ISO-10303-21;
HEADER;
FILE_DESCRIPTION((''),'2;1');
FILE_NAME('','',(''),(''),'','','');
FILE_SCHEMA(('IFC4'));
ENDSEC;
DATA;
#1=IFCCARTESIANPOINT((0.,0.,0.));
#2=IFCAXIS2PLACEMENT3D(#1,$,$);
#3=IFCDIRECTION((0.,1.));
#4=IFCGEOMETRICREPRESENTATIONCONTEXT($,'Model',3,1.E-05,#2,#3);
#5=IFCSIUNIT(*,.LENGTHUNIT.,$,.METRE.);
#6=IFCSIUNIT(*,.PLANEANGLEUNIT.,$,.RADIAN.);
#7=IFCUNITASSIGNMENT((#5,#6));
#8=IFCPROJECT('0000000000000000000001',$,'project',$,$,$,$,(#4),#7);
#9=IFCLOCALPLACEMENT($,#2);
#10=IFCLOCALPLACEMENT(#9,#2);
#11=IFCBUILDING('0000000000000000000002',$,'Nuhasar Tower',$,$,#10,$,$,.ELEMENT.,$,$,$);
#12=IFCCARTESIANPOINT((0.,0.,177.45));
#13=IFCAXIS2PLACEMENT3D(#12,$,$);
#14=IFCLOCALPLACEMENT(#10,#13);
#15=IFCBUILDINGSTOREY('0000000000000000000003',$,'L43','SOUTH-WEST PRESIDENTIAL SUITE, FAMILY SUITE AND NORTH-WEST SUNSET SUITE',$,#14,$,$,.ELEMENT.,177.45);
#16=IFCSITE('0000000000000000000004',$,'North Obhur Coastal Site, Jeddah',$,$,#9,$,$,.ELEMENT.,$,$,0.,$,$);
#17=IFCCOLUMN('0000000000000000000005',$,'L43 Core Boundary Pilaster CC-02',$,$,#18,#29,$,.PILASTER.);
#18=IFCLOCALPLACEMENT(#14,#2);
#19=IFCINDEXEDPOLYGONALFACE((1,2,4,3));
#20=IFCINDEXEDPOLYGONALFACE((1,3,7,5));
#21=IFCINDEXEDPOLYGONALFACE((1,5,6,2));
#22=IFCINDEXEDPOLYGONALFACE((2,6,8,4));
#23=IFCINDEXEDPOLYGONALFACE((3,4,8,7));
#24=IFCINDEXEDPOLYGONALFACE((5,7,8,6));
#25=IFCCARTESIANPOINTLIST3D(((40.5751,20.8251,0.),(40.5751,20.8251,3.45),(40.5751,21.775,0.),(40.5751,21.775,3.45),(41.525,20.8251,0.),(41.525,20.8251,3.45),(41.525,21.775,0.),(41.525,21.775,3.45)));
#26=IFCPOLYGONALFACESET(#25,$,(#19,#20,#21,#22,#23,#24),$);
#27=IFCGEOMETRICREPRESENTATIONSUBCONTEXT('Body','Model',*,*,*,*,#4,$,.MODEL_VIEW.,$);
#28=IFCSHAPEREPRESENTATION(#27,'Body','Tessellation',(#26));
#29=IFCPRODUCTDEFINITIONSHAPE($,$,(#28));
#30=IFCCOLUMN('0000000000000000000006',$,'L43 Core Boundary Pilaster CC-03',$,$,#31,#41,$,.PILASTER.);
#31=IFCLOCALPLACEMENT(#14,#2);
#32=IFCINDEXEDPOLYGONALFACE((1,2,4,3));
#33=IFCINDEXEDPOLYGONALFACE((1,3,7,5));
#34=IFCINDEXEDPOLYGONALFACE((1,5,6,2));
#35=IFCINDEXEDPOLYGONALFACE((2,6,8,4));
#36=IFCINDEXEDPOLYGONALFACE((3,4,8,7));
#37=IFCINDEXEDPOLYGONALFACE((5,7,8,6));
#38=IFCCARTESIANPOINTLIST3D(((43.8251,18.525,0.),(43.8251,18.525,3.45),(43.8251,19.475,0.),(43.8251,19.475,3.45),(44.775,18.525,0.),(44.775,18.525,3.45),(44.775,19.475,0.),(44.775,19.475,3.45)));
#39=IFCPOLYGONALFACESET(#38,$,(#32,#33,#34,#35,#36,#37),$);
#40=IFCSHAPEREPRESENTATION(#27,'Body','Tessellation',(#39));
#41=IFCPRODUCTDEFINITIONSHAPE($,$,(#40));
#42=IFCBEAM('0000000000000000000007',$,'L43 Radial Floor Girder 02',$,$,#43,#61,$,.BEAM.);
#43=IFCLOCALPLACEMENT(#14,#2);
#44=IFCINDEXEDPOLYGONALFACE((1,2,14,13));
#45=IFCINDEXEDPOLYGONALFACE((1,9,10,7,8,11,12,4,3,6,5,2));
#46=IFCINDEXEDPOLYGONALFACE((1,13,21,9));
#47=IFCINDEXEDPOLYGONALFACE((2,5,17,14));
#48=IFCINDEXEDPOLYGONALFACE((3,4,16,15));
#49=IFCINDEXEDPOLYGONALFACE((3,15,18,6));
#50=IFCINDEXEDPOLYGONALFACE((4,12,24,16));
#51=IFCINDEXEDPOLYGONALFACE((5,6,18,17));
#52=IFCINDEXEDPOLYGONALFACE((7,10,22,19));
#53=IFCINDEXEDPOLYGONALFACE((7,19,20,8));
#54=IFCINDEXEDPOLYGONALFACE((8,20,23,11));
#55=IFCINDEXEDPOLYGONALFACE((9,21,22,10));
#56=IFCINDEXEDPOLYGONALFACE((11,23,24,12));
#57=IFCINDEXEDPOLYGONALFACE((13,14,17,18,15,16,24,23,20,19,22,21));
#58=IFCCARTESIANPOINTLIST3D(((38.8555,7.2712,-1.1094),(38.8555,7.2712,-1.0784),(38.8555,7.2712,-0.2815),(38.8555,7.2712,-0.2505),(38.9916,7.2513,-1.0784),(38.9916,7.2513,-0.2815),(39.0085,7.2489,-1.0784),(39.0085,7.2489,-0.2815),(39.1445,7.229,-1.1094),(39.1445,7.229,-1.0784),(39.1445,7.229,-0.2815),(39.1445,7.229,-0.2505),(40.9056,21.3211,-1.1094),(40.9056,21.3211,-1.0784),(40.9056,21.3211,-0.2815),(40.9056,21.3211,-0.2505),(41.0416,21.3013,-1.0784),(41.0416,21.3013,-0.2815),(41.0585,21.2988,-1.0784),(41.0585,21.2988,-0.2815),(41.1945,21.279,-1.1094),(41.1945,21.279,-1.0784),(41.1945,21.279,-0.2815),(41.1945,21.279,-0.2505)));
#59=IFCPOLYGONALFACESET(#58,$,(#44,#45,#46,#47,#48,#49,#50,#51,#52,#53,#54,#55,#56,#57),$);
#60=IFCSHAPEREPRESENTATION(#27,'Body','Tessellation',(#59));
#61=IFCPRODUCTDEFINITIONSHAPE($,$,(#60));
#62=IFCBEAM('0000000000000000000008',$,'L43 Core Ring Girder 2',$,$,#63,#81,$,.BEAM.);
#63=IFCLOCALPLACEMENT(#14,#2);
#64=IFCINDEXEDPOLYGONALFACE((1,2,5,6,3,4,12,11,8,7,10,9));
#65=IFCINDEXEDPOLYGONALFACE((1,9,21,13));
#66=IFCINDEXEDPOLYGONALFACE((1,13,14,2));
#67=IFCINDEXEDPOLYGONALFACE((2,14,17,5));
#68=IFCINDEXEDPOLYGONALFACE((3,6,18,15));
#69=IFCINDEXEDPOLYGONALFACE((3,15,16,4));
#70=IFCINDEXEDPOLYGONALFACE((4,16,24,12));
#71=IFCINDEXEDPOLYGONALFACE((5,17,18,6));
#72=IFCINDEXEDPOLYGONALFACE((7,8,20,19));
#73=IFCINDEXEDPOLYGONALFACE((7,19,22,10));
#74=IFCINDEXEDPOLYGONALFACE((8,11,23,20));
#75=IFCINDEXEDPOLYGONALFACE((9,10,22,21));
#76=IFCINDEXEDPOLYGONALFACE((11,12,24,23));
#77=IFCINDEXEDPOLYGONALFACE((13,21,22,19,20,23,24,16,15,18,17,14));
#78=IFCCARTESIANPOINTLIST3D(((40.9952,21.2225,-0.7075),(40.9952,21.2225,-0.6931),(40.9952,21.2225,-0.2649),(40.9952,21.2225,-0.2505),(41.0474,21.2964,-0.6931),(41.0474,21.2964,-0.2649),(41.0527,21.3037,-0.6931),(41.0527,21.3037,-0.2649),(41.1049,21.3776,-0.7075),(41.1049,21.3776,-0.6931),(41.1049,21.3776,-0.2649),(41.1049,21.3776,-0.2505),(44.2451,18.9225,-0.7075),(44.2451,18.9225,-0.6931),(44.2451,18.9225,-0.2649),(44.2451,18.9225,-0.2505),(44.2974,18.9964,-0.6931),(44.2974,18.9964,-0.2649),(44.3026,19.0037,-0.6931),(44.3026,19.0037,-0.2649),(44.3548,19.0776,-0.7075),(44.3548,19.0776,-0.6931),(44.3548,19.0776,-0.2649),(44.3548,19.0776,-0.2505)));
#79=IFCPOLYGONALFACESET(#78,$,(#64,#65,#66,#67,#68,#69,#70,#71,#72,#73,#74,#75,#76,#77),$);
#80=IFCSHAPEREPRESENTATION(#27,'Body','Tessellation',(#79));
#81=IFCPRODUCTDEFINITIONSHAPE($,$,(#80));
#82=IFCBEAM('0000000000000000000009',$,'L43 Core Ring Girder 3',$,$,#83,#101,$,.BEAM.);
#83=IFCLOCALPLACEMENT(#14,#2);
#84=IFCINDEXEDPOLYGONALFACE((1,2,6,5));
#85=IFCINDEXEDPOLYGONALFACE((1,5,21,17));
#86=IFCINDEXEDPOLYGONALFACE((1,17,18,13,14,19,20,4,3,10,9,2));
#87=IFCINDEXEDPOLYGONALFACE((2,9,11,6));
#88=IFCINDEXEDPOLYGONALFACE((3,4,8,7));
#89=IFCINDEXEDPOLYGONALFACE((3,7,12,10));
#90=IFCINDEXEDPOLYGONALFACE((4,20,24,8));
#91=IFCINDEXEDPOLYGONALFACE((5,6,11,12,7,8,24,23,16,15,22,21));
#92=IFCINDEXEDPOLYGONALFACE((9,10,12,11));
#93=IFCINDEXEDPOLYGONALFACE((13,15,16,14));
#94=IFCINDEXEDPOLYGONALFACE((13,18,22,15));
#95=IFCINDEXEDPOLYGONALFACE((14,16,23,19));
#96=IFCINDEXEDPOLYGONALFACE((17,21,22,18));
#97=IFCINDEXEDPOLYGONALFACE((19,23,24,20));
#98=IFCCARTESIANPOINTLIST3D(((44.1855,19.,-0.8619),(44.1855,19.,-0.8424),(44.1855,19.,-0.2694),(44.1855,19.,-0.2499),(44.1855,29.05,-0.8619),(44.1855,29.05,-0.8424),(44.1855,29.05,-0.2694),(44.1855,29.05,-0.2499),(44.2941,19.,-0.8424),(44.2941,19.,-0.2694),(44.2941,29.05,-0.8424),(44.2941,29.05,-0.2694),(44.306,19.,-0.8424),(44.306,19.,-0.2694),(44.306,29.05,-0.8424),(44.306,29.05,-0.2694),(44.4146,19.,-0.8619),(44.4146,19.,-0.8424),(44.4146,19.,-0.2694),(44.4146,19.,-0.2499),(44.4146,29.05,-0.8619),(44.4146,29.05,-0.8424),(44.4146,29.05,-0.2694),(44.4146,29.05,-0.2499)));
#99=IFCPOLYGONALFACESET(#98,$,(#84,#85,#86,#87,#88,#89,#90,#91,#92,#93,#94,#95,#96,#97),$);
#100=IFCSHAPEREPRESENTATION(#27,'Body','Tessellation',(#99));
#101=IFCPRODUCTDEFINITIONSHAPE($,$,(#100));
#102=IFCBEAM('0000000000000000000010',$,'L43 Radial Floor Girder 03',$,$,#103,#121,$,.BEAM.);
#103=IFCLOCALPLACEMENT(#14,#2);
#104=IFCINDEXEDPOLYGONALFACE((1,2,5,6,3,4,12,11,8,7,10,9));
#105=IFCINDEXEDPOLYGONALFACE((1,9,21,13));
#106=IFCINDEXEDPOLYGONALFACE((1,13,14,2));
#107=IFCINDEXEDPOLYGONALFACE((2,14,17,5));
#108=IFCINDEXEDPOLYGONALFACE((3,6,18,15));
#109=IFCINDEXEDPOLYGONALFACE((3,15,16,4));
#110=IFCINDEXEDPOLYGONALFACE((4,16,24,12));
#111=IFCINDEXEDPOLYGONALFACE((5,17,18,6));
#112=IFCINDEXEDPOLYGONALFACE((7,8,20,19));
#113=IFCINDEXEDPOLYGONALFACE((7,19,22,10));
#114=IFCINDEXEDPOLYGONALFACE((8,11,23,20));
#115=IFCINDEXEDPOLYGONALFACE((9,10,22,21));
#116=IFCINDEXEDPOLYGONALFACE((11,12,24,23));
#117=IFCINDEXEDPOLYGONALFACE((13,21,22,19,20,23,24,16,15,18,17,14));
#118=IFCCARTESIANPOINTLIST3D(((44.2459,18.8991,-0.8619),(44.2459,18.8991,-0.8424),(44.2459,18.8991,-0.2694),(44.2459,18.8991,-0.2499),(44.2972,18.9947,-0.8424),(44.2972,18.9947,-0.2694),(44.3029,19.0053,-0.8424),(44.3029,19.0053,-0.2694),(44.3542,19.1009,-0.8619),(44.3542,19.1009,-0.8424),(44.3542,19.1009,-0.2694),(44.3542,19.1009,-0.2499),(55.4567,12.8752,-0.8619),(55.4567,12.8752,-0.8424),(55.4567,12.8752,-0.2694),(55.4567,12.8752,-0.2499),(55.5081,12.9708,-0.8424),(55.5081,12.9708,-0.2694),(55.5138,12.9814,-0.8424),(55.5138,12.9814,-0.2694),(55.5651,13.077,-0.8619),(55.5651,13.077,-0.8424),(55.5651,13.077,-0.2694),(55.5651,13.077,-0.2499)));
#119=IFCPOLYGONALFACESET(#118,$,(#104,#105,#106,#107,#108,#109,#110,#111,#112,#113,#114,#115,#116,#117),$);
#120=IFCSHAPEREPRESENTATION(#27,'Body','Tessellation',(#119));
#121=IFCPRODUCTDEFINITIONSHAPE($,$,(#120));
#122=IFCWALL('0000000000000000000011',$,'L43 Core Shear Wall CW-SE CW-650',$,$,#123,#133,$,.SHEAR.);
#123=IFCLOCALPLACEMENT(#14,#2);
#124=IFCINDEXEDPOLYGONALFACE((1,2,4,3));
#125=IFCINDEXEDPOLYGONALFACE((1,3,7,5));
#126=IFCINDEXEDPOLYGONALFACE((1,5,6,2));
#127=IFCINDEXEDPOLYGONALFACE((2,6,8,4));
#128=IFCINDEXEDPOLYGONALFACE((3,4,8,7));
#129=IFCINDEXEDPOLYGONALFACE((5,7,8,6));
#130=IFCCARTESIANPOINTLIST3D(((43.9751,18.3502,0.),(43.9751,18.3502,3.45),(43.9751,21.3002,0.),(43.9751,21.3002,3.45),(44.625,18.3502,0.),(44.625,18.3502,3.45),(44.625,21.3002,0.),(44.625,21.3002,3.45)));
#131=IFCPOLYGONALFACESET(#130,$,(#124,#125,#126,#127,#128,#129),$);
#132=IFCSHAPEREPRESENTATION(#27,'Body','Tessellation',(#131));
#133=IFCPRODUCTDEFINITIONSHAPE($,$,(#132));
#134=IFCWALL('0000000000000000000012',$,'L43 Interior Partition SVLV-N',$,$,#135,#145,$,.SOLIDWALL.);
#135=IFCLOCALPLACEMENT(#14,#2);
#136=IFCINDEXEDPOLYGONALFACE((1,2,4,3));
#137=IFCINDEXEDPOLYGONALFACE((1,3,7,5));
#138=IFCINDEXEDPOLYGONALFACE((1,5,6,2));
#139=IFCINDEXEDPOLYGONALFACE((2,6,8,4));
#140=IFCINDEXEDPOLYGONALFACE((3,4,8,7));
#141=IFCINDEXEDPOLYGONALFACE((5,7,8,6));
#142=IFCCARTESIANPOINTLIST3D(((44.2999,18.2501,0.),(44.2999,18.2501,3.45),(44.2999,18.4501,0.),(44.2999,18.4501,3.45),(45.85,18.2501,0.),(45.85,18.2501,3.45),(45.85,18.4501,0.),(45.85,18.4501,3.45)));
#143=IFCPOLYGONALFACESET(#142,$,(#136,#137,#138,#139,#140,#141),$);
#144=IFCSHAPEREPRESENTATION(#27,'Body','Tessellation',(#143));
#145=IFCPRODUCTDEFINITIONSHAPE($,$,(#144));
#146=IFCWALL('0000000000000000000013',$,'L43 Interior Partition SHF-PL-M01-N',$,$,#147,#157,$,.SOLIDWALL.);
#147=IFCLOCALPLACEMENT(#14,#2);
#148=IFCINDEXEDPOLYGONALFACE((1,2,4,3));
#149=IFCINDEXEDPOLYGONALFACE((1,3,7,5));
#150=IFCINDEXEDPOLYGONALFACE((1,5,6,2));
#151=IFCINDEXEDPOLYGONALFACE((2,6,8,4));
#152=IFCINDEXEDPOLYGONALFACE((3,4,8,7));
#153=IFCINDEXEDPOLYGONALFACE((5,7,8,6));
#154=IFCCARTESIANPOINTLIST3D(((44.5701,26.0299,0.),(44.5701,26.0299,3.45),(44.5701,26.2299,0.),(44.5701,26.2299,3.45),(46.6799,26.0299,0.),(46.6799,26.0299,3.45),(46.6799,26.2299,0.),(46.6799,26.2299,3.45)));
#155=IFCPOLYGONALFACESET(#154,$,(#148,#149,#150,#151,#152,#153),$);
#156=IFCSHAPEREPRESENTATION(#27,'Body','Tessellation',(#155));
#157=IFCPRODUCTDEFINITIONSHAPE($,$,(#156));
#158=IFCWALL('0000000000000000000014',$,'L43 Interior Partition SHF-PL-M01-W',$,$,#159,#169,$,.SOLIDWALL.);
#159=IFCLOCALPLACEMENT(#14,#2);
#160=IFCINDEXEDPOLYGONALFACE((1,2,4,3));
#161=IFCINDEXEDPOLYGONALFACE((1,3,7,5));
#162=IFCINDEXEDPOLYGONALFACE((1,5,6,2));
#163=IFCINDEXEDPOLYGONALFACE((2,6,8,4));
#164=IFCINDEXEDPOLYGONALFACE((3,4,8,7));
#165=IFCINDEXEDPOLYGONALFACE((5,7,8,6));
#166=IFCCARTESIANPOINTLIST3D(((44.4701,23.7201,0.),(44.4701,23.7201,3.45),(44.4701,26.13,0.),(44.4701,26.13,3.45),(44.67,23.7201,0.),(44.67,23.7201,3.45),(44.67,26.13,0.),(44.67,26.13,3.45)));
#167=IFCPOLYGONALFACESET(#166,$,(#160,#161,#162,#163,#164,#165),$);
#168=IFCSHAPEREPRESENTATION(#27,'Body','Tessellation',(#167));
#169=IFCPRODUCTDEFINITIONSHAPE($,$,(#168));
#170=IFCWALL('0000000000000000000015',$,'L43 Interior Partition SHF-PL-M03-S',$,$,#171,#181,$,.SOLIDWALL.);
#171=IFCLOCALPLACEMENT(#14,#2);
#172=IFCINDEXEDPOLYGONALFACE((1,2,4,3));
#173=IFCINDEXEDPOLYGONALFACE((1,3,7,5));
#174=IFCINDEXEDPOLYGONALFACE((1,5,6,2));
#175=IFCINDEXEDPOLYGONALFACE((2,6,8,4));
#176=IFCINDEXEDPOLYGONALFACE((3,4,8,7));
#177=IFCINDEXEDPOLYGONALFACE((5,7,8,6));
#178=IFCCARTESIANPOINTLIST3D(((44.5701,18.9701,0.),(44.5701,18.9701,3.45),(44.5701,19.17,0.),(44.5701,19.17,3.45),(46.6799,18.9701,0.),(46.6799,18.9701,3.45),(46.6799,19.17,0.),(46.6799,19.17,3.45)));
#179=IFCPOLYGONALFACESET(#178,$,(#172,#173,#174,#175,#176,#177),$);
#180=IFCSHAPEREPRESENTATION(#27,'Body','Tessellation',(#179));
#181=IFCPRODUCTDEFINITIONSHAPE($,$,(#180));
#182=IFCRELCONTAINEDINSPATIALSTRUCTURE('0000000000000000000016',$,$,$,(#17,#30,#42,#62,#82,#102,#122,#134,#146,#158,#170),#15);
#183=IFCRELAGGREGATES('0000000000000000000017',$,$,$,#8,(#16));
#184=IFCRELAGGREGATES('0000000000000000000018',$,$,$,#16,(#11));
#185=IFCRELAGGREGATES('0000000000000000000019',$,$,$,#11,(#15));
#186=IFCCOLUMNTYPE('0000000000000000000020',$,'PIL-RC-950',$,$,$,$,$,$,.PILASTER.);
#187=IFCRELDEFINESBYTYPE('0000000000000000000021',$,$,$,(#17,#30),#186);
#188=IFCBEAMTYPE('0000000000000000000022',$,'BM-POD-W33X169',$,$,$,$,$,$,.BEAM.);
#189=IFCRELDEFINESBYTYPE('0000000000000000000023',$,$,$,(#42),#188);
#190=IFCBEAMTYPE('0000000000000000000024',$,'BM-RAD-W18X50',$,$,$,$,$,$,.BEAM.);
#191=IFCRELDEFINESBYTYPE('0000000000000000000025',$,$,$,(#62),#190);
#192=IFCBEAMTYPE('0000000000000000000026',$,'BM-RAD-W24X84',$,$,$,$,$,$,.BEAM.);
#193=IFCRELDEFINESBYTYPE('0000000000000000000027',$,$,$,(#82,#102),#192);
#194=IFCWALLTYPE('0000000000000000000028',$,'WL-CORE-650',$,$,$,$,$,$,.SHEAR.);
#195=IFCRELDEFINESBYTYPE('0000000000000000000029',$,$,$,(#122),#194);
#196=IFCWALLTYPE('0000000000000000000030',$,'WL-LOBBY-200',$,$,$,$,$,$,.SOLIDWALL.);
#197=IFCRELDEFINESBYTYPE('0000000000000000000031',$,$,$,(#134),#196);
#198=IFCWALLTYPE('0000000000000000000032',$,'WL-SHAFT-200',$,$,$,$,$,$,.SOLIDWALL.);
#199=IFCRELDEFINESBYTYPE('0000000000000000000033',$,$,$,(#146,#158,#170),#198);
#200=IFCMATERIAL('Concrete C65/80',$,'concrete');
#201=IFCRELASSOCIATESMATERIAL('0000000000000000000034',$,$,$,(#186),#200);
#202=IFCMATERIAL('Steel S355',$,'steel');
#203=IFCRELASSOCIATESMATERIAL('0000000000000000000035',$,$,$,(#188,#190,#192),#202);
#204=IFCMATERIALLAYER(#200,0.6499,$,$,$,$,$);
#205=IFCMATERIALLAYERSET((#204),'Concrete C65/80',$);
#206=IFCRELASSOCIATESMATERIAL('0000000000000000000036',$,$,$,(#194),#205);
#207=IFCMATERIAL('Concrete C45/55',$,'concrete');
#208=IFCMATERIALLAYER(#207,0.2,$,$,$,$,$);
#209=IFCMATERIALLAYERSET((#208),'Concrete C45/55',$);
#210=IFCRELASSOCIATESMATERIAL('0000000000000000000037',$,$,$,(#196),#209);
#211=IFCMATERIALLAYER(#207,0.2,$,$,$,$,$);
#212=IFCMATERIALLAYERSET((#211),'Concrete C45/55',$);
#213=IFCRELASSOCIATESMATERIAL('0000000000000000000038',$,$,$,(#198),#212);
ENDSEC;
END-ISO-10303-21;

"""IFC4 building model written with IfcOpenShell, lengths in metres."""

from ifc_helpers import new_model, si_unit, direction, frame, frame_2d, origin, origin_2d, place, context, subcontext, project, spatial, rectangle, i_section, extrude, material, layer, layer_set, material_profile, profile_set, type_object, element, save


model = new_model("IFC4")

# Units and contexts
model_context = context("Model", 3, precision=1e-05, world=origin(), true_north=direction((0.0, 1.0)))
body_context = subcontext(model_context, "Body", "Model", "MODEL_VIEW")
ifc_project = project(units=[si_unit("LENGTHUNIT", "METRE"), si_unit("PLANEANGLEUNIT", "RADIAN")], contexts=[model_context])

# Site, building, storey
site_placement = place(None, origin())
site = spatial("IfcSite", under=ifc_project, at=site_placement, Name="North Obhur Coastal Site, Jeddah", CompositionType="ELEMENT", RefElevation=0.0)
building_placement = place(site_placement, origin())
building = spatial("IfcBuilding", under=site, at=building_placement, Name="Nuhasar Tower", CompositionType="ELEMENT")
storey_placement = place(building_placement, frame((0.0, 0.0, 177.45)))
storey = spatial("IfcBuildingStorey", under=building, at=storey_placement, Name="L43", Description="SOUTH-WEST PRESIDENTIAL SUITE, FAMILY SUITE AND NORTH-WEST SUNSET SUITE", CompositionType="ELEMENT", Elevation=177.45)

# Columns
ifc_material_1 = material(Name="Concrete C65/80", Category="concrete")
ifc_material_profile_1 = material_profile(ifc_material_1, rectangle(XDim=0.95, YDim=0.95, at=origin_2d()), Name="RC950X950")
ifc_profile_set_1 = profile_set([ifc_material_profile_1], Name="Concrete C65/80")
column_type = type_object("IfcColumnType", Name="PIL-RC-950", PredefinedType="PILASTER", material=ifc_profile_set_1)
for number, where, z_axis, x_axis, name in (
    (1, (41.05, 21.3, 0.0), (0.0, 0.0, 1.0), (1.0, 0.0, 0.0), "L43 Core Boundary Pilaster CC-02"),
    (2, (44.3, 19.0, 0.0), (0.0, 0.0, 1.0), (1.0, 0.0, 0.0), "L43 Core Boundary Pilaster CC-03"),
):
    element("IfcColumn", number, at=place(storey_placement, frame(where, z_axis=z_axis, x_axis=x_axis)), inside=storey, type_object=column_type, Name=name, PredefinedType="PILASTER", context=body_context, shape_type="SweptSolid", body=[
        extrude(rectangle(XDim=0.95, YDim=0.95, at=origin_2d()), origin(), (0.0, 0.0, 1.0), 3.45),
    ])

# Beams
ifc_material_2 = material(Name="Steel S355", Category="steel")
ifc_material_profile_2 = material_profile(ifc_material_2, i_section(OverallWidth=0.292, OverallDepth=0.8589, WebThickness=0.0171, FlangeThickness=0.031, at=origin_2d()), Name="W33X169")
ifc_profile_set_2 = profile_set([ifc_material_profile_2], Name="Steel S355")
beam_type_1 = type_object("IfcBeamType", Name="BM-POD-W33X169", PredefinedType="BEAM", material=ifc_profile_set_2)
beam_1_placement = place(storey_placement, frame((41.05, 21.3, -0.6799), z_axis=(-0.144382, -0.989522, 0.0), x_axis=(0.989522, -0.144382, 0.0)))
element("IfcBeam", 3, at=beam_1_placement, inside=storey, type_object=beam_type_1, Name="L43 Radial Floor Girder 02", PredefinedType="BEAM", context=body_context, shape_type="SweptSolid", body=[
    extrude(i_section(OverallWidth=0.292, OverallDepth=0.8589, WebThickness=0.0171, FlangeThickness=0.031, at=origin_2d()), origin(), (0.0, 0.0, 1.0), 14.1987),
])
ifc_material_profile_3 = material_profile(ifc_material_2, i_section(OverallWidth=0.1899, OverallDepth=0.457, WebThickness=0.009, FlangeThickness=0.0144, at=origin_2d()), Name="W18X50")
ifc_profile_set_3 = profile_set([ifc_material_profile_3], Name="Steel S355")
beam_type_2 = type_object("IfcBeamType", Name="BM-RAD-W18X50", PredefinedType="BEAM", material=ifc_profile_set_3)
beam_2_placement = place(storey_placement, frame((41.05, 21.3, -0.479), z_axis=(0.816265, -0.577677, 0.0), x_axis=(0.577677, 0.816265, 0.0)))
element("IfcBeam", 4, at=beam_2_placement, inside=storey, type_object=beam_type_2, Name="L43 Core Ring Girder 2", PredefinedType="BEAM", context=body_context, shape_type="SweptSolid", body=[
    extrude(i_section(OverallWidth=0.1899, OverallDepth=0.457, WebThickness=0.009, FlangeThickness=0.0144, at=origin_2d()), origin(), (0.0, 0.0, 1.0), 3.9814),
])
ifc_material_profile_4 = material_profile(ifc_material_2, i_section(OverallWidth=0.229, OverallDepth=0.6121, WebThickness=0.012, FlangeThickness=0.0195, at=origin_2d()), Name="W24X84")
ifc_profile_set_4 = profile_set([ifc_material_profile_4], Name="Steel S355")
beam_type_3 = type_object("IfcBeamType", Name="BM-RAD-W24X84", PredefinedType="BEAM", material=ifc_profile_set_4)
beam_3_placement = place(storey_placement, frame((44.3, 19.0, -0.5559), z_axis=(0.0, 1.0, 0.0), x_axis=(-1.0, 0.0, 0.0)))
element("IfcBeam", 5, at=beam_3_placement, inside=storey, type_object=beam_type_3, Name="L43 Core Ring Girder 3", PredefinedType="BEAM", context=body_context, shape_type="SweptSolid", body=[
    extrude(i_section(OverallWidth=0.229, OverallDepth=0.6121, WebThickness=0.012, FlangeThickness=0.0195, at=origin_2d()), origin(), (0.0, 0.0, 1.0), 10.05),
])
beam_4_placement = place(storey_placement, frame((44.3, 19.0, -0.5559), z_axis=(0.880888, -0.473324, 0.0), x_axis=(0.473324, 0.880888, 0.0)))
element("IfcBeam", 6, at=beam_4_placement, inside=storey, type_object=beam_type_3, Name="L43 Radial Floor Girder 03", PredefinedType="BEAM", context=body_context, shape_type="SweptSolid", body=[
    extrude(i_section(OverallWidth=0.229, OverallDepth=0.6121, WebThickness=0.012, FlangeThickness=0.0195, at=origin_2d()), origin(), (0.0, 0.0, 1.0), 12.7268),
])

# Wall
ifc_layer_1 = layer(ifc_material_1, 0.6499)
ifc_layer_set_1 = layer_set([ifc_layer_1], Name="Concrete C65/80")
wall_type_1 = type_object("IfcWallType", Name="WL-CORE-650", PredefinedType="SHEAR", material=ifc_layer_set_1)
wall_1_placement = place(storey_placement, frame((44.3, 18.3501, 0.0), z_axis=(0.0, 0.0, 1.0), x_axis=(0.0, 1.0, 0.0)))
element("IfcWall", 7, at=wall_1_placement, inside=storey, type_object=wall_type_1, Name="L43 Core Shear Wall CW-SE CW-650", PredefinedType="SHEAR", context=body_context, shape_type="SweptSolid", body=[
    extrude(rectangle(XDim=2.95, YDim=0.6499, at=frame_2d((1.4751, 0.0))), origin(), (0.0, 0.0, 1.0), 3.45),
])

# Shared definitions
ifc_material_3 = material(Name="Concrete C45/55", Category="concrete")
ifc_layer_2 = layer(ifc_material_3, 0.2)
ifc_layer_set_2 = layer_set([ifc_layer_2], Name="Concrete C45/55")
wall_type_2 = type_object("IfcWallType", Name="WL-LOBBY-200", PredefinedType="SOLIDWALL", material=ifc_layer_set_2)

# Wall
wall_2_placement = place(storey_placement, frame((44.3, 18.3501, 0.0), z_axis=(0.0, 0.0, 1.0), x_axis=(1.0, 0.0, 0.0)))
element("IfcWall", 8, at=wall_2_placement, inside=storey, type_object=wall_type_2, Name="L43 Interior Partition SVLV-N", PredefinedType="SOLIDWALL", context=body_context, shape_type="SweptSolid", body=[
    extrude(rectangle(XDim=1.55, YDim=0.2, at=frame_2d((0.7749, 0.0))), origin(), (0.0, 0.0, 1.0), 3.45),
])

# Shared definitions
ifc_layer_3 = layer(ifc_material_3, 0.2)
ifc_layer_set_3 = layer_set([ifc_layer_3], Name="Concrete C45/55")
wall_type_3 = type_object("IfcWallType", Name="WL-SHAFT-200", PredefinedType="SOLIDWALL", material=ifc_layer_set_3)

# Walls
wall_3_placement = place(storey_placement, frame((44.5701, 26.1299, 0.0), z_axis=(0.0, 0.0, 1.0), x_axis=(1.0, 0.0, 0.0)))
element("IfcWall", 9, at=wall_3_placement, inside=storey, type_object=wall_type_3, Name="L43 Interior Partition SHF-PL-M01-N", PredefinedType="SOLIDWALL", context=body_context, shape_type="SweptSolid", body=[
    extrude(rectangle(XDim=2.1099, YDim=0.2, at=frame_2d((1.0549, 0.0))), origin(), (0.0, 0.0, 1.0), 3.45),
])
wall_4_placement = place(storey_placement, frame((44.5701, 23.72, 0.0), z_axis=(0.0, 0.0, 1.0), x_axis=(0.0, 1.0, 0.0)))
element("IfcWall", 10, at=wall_4_placement, inside=storey, type_object=wall_type_3, Name="L43 Interior Partition SHF-PL-M01-W", PredefinedType="SOLIDWALL", context=body_context, shape_type="SweptSolid", body=[
    extrude(rectangle(XDim=2.4099, YDim=0.2, at=frame_2d((1.2051, 0.0))), origin(), (0.0, 0.0, 1.0), 3.45),
])
wall_5_placement = place(storey_placement, frame((44.5701, 19.0701, 0.0), z_axis=(0.0, 0.0, 1.0), x_axis=(1.0, 0.0, 0.0)))
element("IfcWall", 11, at=wall_5_placement, inside=storey, type_object=wall_type_3, Name="L43 Interior Partition SHF-PL-M03-S", PredefinedType="SOLIDWALL", context=body_context, shape_type="SweptSolid", body=[
    extrude(rectangle(XDim=2.1099, YDim=0.2, at=frame_2d((1.0549, 0.0))), origin(), (0.0, 0.0, 1.0), 3.45),
])

save(model, "model.ifc")
